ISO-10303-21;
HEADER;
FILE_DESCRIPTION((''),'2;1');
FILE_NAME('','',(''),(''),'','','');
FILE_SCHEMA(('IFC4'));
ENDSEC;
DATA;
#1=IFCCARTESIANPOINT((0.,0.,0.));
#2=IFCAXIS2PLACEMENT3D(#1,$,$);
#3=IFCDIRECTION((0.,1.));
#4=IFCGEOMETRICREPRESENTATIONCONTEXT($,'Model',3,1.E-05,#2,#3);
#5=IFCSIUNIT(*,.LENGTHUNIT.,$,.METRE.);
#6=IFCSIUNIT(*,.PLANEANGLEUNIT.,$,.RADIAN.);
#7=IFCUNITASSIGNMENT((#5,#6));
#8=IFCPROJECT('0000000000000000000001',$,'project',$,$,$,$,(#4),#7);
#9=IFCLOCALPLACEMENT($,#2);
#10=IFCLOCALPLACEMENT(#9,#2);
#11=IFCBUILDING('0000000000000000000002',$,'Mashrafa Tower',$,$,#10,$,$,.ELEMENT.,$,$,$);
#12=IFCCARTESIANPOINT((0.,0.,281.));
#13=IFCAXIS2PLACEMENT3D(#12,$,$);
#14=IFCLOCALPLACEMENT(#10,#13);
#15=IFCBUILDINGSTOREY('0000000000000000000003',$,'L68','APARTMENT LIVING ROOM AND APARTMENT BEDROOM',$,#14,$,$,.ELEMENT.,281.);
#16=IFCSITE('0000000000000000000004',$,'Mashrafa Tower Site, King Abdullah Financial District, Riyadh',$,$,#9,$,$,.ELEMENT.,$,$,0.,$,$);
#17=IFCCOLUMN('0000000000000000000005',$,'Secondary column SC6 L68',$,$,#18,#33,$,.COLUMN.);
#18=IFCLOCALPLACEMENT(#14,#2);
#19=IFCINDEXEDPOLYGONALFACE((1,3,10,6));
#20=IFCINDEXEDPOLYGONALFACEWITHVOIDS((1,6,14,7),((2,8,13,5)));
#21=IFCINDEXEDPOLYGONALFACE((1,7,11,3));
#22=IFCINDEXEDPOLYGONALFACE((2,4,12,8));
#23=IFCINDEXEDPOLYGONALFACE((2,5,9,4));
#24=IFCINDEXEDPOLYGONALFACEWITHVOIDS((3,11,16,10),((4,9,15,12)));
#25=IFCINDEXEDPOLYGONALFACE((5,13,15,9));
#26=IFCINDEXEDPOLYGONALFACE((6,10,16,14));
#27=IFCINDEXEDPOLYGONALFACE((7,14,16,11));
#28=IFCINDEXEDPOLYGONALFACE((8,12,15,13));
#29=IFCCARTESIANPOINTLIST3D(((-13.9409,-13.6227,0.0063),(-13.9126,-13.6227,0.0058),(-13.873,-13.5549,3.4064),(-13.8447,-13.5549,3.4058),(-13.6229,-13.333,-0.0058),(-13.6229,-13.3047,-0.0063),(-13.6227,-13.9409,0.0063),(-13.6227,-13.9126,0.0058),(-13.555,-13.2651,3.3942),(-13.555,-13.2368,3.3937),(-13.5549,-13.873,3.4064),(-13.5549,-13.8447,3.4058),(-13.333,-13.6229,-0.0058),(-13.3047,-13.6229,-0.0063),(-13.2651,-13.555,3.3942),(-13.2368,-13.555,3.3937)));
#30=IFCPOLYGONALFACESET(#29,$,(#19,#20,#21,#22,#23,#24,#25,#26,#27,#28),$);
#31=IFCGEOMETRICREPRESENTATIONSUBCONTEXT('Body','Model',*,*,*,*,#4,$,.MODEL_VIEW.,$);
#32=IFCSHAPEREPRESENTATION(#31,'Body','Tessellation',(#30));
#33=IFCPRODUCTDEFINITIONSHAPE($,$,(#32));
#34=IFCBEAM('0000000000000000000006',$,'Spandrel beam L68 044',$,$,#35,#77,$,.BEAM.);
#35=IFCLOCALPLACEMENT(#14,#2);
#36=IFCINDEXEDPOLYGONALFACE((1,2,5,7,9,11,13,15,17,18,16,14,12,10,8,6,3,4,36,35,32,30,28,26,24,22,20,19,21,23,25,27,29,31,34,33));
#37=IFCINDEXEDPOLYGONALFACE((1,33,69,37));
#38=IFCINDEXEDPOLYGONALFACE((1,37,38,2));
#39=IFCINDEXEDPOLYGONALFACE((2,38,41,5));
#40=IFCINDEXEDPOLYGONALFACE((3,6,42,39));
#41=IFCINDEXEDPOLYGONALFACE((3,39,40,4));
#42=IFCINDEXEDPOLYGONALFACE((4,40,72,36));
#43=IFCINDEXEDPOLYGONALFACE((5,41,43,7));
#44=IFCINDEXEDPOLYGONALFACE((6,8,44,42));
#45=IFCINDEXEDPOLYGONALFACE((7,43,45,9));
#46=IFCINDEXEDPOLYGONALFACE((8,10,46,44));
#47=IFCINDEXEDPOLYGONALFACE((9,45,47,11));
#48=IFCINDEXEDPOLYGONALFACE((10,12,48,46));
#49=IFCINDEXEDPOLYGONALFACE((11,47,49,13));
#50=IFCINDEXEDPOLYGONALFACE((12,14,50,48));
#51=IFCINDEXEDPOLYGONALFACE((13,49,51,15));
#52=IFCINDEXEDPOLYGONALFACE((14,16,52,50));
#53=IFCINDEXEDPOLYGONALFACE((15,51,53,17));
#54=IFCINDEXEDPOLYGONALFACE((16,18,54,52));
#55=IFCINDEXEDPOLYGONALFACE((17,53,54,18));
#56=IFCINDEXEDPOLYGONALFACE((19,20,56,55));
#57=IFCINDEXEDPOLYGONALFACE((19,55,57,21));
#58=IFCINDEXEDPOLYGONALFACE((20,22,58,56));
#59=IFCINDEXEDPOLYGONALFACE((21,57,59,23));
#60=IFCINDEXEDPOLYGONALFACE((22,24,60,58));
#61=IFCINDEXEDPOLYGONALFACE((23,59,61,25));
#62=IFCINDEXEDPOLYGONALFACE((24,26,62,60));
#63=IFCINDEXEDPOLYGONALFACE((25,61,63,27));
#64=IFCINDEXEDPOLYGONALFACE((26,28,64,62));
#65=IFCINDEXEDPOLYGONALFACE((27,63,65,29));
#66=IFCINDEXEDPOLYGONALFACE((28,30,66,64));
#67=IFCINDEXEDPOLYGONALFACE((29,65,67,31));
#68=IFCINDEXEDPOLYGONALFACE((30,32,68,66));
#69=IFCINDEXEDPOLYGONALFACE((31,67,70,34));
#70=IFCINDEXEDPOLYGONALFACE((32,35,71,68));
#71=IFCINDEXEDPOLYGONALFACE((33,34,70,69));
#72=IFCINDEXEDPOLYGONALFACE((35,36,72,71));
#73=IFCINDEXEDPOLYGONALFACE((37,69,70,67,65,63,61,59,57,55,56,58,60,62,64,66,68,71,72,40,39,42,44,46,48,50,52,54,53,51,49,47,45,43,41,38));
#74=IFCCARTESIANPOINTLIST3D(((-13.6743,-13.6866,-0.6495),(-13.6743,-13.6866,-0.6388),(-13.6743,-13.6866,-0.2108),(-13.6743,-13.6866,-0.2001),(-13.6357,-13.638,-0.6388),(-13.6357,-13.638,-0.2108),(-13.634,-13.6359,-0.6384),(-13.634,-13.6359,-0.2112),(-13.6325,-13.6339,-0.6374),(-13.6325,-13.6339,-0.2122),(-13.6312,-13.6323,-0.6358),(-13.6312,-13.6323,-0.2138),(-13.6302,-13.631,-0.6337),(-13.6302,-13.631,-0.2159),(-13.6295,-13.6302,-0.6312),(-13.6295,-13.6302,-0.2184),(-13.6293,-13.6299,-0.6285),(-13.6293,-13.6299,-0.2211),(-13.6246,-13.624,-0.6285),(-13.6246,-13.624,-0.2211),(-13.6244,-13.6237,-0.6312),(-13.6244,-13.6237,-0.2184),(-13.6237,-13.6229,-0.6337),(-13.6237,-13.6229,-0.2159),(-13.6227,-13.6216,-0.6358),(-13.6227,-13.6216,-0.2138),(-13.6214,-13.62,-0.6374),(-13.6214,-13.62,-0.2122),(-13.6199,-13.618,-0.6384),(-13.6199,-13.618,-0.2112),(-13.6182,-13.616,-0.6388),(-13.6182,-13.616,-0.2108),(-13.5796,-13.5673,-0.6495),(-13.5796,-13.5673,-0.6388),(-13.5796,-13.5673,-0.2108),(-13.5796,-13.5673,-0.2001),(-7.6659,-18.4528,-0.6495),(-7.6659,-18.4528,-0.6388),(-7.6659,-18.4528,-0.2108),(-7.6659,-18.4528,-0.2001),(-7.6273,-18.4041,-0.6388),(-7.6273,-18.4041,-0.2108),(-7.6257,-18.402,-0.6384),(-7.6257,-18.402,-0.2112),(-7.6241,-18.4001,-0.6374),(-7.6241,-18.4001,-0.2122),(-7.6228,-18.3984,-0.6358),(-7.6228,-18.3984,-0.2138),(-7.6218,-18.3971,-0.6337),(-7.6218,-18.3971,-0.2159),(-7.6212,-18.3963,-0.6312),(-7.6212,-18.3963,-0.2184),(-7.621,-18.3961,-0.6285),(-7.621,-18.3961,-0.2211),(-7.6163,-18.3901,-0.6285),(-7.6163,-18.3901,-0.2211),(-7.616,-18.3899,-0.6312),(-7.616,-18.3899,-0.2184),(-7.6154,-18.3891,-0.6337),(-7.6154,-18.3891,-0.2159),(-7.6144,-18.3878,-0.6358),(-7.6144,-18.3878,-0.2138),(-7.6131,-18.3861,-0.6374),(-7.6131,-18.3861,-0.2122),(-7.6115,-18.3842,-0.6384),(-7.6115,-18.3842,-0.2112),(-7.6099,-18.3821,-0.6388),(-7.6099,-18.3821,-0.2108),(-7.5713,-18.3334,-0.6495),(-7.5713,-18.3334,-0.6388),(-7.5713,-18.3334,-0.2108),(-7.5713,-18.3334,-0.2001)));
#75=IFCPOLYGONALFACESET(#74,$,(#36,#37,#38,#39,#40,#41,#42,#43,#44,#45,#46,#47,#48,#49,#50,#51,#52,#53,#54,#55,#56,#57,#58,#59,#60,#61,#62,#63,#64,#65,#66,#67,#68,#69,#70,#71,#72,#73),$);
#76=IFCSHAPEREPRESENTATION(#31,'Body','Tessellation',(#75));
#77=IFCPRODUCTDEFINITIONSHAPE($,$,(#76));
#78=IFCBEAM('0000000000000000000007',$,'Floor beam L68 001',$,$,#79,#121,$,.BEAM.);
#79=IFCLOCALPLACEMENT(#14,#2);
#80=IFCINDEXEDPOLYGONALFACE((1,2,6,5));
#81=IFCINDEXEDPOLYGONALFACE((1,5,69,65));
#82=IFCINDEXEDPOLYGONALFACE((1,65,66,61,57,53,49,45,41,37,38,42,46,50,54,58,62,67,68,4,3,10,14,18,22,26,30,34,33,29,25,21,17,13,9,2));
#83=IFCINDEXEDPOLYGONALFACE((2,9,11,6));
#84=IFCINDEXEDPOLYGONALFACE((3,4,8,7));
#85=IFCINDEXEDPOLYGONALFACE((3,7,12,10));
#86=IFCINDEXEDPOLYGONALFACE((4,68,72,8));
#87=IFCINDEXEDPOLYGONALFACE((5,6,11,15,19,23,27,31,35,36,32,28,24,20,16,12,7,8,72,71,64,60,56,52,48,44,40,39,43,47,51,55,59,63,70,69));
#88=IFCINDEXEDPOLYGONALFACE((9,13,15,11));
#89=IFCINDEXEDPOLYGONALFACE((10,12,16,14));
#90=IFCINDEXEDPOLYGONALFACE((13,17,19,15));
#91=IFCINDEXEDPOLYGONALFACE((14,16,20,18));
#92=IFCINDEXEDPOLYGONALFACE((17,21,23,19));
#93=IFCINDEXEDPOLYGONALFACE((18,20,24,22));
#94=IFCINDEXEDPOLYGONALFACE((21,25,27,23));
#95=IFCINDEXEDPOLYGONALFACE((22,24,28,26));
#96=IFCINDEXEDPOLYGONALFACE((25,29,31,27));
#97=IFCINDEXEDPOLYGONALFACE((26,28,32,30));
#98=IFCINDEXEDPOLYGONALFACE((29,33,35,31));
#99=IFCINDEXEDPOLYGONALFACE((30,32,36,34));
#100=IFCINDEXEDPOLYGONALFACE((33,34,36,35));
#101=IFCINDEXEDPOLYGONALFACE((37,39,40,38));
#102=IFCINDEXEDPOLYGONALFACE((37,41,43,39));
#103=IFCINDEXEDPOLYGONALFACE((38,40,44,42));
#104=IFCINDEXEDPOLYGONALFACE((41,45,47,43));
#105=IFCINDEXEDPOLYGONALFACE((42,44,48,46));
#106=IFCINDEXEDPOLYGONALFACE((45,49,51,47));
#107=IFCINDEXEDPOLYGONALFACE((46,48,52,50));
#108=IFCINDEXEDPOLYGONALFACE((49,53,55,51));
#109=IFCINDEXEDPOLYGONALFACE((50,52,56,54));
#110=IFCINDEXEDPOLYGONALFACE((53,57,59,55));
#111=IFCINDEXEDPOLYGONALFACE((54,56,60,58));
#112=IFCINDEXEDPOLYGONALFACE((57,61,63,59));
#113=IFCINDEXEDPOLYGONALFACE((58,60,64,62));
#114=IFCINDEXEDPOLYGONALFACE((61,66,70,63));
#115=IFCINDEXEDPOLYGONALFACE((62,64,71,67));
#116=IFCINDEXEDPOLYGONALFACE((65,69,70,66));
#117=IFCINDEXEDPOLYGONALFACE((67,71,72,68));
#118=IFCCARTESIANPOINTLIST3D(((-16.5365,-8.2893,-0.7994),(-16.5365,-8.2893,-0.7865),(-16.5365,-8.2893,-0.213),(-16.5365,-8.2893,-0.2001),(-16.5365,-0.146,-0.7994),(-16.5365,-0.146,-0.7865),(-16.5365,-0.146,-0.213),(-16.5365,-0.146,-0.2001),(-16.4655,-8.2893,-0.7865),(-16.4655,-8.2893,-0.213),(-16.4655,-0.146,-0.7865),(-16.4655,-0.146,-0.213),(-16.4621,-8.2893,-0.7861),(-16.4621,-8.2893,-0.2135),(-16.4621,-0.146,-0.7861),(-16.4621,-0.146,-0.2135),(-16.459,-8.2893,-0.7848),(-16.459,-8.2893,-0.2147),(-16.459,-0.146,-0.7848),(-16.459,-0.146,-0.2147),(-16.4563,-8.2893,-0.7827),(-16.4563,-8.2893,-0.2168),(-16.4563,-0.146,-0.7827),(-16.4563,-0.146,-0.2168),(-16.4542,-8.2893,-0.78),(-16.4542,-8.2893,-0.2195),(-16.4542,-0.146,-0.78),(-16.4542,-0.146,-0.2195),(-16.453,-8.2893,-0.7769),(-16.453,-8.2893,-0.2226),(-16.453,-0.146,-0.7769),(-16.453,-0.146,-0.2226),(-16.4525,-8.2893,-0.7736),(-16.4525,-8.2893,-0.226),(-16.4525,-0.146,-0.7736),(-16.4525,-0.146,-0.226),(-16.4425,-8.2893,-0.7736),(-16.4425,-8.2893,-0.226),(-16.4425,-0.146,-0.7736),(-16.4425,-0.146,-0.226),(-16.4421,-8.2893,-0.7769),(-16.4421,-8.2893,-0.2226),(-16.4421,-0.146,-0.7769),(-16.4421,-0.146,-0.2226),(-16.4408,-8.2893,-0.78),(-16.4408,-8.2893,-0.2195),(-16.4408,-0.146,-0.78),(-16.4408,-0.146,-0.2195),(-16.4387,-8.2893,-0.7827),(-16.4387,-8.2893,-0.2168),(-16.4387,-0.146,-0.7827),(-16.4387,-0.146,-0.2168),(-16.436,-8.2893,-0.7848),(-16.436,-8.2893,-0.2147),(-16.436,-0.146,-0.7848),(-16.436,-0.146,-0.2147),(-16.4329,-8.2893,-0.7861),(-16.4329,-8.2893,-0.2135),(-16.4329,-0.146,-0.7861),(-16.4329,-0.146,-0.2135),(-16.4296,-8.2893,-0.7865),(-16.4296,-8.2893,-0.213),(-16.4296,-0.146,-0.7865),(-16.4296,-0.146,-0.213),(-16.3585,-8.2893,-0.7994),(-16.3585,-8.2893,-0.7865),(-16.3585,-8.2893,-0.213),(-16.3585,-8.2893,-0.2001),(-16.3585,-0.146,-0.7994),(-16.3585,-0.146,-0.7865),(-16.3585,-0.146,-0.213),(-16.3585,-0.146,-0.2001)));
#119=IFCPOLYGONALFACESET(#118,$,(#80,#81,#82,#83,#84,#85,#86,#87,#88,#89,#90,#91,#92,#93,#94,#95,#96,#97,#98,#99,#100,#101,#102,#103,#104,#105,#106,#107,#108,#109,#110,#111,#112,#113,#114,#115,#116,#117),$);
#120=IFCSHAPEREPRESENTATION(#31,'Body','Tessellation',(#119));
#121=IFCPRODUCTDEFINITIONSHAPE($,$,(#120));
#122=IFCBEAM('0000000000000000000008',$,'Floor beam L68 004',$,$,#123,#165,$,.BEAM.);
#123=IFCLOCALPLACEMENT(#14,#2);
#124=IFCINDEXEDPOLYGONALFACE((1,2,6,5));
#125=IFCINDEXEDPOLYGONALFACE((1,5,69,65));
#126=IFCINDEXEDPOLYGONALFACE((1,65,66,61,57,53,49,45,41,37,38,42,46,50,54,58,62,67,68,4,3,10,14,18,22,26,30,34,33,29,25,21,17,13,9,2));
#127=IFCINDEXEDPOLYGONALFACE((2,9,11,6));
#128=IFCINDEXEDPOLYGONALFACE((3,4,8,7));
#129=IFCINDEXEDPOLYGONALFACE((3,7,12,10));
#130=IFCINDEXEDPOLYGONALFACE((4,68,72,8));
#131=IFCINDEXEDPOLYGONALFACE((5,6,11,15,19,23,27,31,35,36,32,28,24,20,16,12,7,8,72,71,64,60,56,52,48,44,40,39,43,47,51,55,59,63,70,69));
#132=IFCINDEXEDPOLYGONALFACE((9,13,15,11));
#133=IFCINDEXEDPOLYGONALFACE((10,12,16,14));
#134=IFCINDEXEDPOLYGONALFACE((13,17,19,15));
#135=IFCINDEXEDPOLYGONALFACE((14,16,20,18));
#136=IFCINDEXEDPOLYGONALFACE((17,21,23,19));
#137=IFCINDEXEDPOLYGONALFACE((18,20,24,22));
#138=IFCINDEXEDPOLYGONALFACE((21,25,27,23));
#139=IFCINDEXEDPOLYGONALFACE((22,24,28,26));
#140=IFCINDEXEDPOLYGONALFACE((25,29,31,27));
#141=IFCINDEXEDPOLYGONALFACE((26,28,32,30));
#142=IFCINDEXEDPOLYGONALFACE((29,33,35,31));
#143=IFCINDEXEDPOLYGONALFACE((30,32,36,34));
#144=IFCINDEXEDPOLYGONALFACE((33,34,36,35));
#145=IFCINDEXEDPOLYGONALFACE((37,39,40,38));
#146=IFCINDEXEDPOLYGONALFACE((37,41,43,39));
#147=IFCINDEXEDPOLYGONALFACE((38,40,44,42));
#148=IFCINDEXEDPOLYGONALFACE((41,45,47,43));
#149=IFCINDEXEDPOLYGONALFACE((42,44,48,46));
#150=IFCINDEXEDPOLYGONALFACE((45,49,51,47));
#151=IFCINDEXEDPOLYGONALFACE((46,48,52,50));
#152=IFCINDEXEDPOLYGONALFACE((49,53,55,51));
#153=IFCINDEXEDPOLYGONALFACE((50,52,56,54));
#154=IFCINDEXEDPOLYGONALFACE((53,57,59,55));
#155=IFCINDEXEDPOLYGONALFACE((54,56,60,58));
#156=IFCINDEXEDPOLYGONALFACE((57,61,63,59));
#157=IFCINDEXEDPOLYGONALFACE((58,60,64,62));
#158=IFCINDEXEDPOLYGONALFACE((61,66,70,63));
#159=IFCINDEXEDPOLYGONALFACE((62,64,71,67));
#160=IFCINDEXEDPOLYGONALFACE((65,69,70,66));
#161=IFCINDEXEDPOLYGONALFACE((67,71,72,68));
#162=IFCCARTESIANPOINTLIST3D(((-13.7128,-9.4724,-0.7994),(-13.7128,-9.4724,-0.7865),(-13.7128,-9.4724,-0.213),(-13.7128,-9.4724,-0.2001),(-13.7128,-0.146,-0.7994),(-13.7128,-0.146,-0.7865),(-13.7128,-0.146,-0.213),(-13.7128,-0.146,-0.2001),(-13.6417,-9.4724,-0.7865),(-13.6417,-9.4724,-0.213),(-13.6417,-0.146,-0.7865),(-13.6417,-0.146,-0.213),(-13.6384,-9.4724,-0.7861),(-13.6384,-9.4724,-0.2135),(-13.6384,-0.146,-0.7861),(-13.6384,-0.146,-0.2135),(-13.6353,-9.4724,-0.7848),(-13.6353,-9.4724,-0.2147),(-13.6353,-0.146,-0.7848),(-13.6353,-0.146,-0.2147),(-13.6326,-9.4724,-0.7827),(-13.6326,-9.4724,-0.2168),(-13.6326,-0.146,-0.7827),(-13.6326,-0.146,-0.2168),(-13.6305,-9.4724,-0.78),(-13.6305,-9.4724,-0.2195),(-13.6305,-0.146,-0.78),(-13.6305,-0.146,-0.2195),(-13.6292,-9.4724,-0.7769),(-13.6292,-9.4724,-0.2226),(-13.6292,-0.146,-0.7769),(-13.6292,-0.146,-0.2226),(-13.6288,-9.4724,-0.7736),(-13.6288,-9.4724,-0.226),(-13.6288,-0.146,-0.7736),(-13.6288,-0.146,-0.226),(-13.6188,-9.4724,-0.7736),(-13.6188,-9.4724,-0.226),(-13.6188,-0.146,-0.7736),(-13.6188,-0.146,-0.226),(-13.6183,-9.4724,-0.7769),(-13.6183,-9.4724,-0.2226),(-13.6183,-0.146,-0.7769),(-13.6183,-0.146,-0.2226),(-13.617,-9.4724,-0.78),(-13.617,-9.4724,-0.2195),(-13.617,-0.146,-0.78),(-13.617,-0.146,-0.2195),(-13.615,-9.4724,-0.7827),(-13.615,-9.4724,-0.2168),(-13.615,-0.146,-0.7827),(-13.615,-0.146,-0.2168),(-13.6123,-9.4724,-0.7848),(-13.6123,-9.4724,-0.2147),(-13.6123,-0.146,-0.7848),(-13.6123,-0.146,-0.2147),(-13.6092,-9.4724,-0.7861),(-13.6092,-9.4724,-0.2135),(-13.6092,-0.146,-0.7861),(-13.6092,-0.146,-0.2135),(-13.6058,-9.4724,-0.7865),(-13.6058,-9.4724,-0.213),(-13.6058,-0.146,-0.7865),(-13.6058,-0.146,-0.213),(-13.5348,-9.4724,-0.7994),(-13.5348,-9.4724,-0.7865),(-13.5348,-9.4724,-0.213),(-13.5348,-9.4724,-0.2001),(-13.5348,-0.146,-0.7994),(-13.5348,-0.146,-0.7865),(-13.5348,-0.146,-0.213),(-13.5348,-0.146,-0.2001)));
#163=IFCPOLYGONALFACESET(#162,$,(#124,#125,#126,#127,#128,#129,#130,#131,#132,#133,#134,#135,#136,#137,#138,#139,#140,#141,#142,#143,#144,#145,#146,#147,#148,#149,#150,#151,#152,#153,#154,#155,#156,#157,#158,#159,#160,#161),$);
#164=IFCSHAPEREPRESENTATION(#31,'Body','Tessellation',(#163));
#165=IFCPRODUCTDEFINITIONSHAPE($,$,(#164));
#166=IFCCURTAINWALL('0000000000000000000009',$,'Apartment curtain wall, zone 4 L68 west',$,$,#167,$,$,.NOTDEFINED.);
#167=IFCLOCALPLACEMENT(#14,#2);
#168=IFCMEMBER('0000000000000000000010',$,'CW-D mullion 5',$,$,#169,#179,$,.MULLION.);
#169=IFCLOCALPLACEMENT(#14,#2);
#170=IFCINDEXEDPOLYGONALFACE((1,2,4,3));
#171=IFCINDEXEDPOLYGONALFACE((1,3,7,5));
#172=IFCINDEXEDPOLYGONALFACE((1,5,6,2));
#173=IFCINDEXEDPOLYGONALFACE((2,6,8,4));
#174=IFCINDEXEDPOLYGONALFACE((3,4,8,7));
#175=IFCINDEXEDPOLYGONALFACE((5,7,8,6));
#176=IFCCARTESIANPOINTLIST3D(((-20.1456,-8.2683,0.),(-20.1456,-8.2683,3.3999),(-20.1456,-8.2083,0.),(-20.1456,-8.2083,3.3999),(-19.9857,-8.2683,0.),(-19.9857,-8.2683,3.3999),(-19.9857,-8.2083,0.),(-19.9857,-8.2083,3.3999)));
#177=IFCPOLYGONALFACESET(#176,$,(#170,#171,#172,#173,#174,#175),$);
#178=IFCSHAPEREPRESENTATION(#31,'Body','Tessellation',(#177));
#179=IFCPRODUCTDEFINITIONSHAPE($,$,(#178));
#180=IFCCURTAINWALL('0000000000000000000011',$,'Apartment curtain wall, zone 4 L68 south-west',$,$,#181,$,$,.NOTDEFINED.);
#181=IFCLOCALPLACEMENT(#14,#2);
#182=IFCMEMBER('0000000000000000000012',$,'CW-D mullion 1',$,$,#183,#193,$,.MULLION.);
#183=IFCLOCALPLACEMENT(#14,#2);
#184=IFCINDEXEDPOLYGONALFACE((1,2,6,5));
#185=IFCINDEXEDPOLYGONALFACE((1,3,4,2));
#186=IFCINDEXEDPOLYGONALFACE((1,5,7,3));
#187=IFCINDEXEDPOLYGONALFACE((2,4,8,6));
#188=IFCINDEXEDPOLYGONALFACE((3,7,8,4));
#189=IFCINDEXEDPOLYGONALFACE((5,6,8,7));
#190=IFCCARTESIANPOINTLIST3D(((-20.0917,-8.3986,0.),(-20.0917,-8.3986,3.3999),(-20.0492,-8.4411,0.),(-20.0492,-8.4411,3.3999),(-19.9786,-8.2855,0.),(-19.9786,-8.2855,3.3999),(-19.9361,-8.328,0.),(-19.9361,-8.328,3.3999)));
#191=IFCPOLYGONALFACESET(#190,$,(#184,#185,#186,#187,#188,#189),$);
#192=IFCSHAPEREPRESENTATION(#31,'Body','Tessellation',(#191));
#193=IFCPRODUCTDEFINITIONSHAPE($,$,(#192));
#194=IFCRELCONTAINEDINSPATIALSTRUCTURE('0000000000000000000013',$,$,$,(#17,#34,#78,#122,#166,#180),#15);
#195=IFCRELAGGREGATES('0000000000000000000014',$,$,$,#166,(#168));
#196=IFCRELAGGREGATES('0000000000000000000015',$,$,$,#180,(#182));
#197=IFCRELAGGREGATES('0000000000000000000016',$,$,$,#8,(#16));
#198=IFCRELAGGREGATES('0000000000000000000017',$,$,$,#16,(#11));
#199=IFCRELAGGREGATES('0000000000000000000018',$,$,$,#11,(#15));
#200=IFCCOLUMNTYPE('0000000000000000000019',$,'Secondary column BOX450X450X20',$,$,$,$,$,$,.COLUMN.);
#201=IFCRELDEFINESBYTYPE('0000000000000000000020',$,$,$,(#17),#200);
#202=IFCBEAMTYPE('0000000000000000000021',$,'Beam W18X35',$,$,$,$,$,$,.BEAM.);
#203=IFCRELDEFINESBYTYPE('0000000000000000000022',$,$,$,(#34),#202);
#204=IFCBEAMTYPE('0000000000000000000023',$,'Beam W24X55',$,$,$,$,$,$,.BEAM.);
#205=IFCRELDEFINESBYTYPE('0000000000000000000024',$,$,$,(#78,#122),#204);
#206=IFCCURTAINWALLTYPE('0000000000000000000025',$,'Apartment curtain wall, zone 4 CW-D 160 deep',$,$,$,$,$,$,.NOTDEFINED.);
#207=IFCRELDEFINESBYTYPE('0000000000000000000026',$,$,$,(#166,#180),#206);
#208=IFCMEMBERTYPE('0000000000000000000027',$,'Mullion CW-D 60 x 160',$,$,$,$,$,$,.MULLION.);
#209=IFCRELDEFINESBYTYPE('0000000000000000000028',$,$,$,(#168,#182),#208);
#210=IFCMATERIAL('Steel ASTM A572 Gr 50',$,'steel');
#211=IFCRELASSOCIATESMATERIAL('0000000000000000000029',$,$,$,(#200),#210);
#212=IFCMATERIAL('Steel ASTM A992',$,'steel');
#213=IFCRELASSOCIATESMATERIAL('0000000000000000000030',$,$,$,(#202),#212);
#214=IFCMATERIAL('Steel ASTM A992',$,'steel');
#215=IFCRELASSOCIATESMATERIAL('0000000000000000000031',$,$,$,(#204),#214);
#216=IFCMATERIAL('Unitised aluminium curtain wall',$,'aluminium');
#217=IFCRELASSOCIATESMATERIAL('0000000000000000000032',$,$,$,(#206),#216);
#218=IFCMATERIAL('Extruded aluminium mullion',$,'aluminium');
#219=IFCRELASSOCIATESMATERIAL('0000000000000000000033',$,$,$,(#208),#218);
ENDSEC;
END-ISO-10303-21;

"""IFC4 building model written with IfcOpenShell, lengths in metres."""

from ifc_helpers import new_model, si_unit, direction, frame, origin, origin_2d, place, context, subcontext, project, spatial, rectangle, hollow_rectangle, i_section, extrude, source, transform, mapped, material, material_profile, profile_set, type_object, type_shapes, element, aggregate, save


model = new_model("IFC4")

# Units and contexts
model_context = context("Model", 3, precision=1e-05, world=origin(), true_north=direction((0.0, 1.0)))
body_context = subcontext(model_context, "Body", "Model", "MODEL_VIEW")
ifc_project = project(units=[si_unit("LENGTHUNIT", "METRE"), si_unit("PLANEANGLEUNIT", "RADIAN")], contexts=[model_context])

# Site, building, storey
site_placement = place(None, origin())
site = spatial("IfcSite", under=ifc_project, at=site_placement, Name="Mashrafa Tower Site, King Abdullah Financial District, Riyadh", CompositionType="ELEMENT", RefElevation=0.0)
building_placement = place(site_placement, origin())
building = spatial("IfcBuilding", under=site, at=building_placement, Name="Mashrafa Tower", CompositionType="ELEMENT")
storey_placement = place(building_placement, frame((0.0, 0.0, 281.0)))
storey = spatial("IfcBuildingStorey", under=building, at=storey_placement, Name="L68", Description="APARTMENT LIVING ROOM AND APARTMENT BEDROOM", CompositionType="ELEMENT", Elevation=281.0)

# Column
ifc_material_1 = material(Name="Steel ASTM A572 Gr 50", Category="steel")
ifc_material_profile_1 = material_profile(ifc_material_1, hollow_rectangle(XDim=0.45, YDim=0.45, WallThickness=0.02, at=origin_2d()), Name="BOX450X450X20")
ifc_profile_set_1 = profile_set([ifc_material_profile_1], Name="Steel ASTM A572 Gr 50")
column_type = type_object("IfcColumnType", Name="Secondary column BOX450X450X20", PredefinedType="COLUMN", material=ifc_profile_set_1)
column_placement = place(storey_placement, frame((-13.6228, -13.6228, 0.0), z_axis=(0.019955, 0.019955, 0.999602), x_axis=(-0.707107, 0.707107, 0.0)))
element("IfcColumn", 1, at=column_placement, inside=storey, type_object=column_type, Name="Secondary column SC6 L68", PredefinedType="COLUMN", context=body_context, shape_type="SweptSolid", body=[
    extrude(hollow_rectangle(XDim=0.45, YDim=0.45, WallThickness=0.02, at=origin_2d()), origin(), (0.0, 0.0, 1.0), 3.4014),
])

# Beams
ifc_material_2 = material(Name="Steel ASTM A992", Category="steel")
ifc_material_profile_2 = material_profile(ifc_material_2, i_section(OverallWidth=0.1523, OverallDepth=0.4495, WebThickness=0.0076, FlangeThickness=0.0107, FilletRadius=0.0103, at=origin_2d()), Name="W18X35")
ifc_profile_set_2 = profile_set([ifc_material_profile_2], Name="Steel ASTM A992")
beam_type_1 = type_object("IfcBeamType", Name="Beam W18X35", PredefinedType="BEAM", material=ifc_profile_set_2)
beam_1_placement = place(storey_placement, frame((-13.627, -13.627, -0.4248), z_axis=(0.78344, -0.621467, 0.0), x_axis=(0.621467, 0.78344, 0.0)))
element("IfcBeam", 2, at=beam_1_placement, inside=storey, type_object=beam_type_1, Name="Spandrel beam L68 044", PredefinedType="BEAM", context=body_context, shape_type="SweptSolid", body=[
    extrude(i_section(OverallWidth=0.1523, OverallDepth=0.4495, WebThickness=0.0076, FlangeThickness=0.0107, FilletRadius=0.0103, at=origin_2d()), origin(), (0.0, 0.0, 1.0), 7.6692),
])
ifc_material_3 = material(Name="Steel ASTM A992", Category="steel")
ifc_material_profile_3 = material_profile(ifc_material_3, i_section(OverallWidth=0.178, OverallDepth=0.5994, WebThickness=0.01, FlangeThickness=0.0129, FilletRadius=0.0129, at=origin_2d()), Name="W24X55")
ifc_profile_set_3 = profile_set([ifc_material_profile_3], Name="Steel ASTM A992")
beam_type_2 = type_object("IfcBeamType", Name="Beam W24X55", PredefinedType="BEAM", material=ifc_profile_set_3)
beam_2_placement = place(storey_placement, frame((-16.4475, -8.2893, -0.4998), z_axis=(0.0, 1.0, 0.0), x_axis=(-1.0, 0.0, 0.0)))
element("IfcBeam", 3, at=beam_2_placement, inside=storey, type_object=beam_type_2, Name="Floor beam L68 001", PredefinedType="BEAM", context=body_context, shape_type="SweptSolid", body=[
    extrude(i_section(OverallWidth=0.178, OverallDepth=0.5994, WebThickness=0.01, FlangeThickness=0.0129, FilletRadius=0.0129, at=origin_2d()), origin(), (0.0, 0.0, 1.0), 8.1433),
])
beam_3_placement = place(storey_placement, frame((-13.6238, -9.4724, -0.4998), z_axis=(0.0, 1.0, 0.0), x_axis=(-1.0, 0.0, 0.0)))
element("IfcBeam", 4, at=beam_3_placement, inside=storey, type_object=beam_type_2, Name="Floor beam L68 004", PredefinedType="BEAM", context=body_context, shape_type="SweptSolid", body=[
    extrude(i_section(OverallWidth=0.178, OverallDepth=0.5994, WebThickness=0.01, FlangeThickness=0.0129, FilletRadius=0.0129, at=origin_2d()), origin(), (0.0, 0.0, 1.0), 9.3264),
])

# Curtain wall, member
ifc_material_4 = material(Name="Unitised aluminium curtain wall", Category="aluminium")
curtain_wall_type = type_object("IfcCurtainWallType", Name="Apartment curtain wall, zone 4 CW-D 160 deep", PredefinedType="NOTDEFINED", material=ifc_material_4)
curtain_wall_1_placement = place(storey_placement, origin())
curtain_wall_1 = element("IfcCurtainWall", 5, at=curtain_wall_1_placement, inside=storey, type_object=curtain_wall_type, Name="Apartment curtain wall, zone 4 L68 west", PredefinedType="NOTDEFINED")
ifc_material_5 = material(Name="Extruded aluminium mullion", Category="aluminium")
ifc_material_profile_4 = material_profile(ifc_material_5, rectangle(XDim=0.1599, YDim=0.0601, at=origin_2d()), Name="Mullion 60x160")
ifc_profile_set_4 = profile_set([ifc_material_profile_4], Name="Extruded aluminium mullion")
member_type_1 = type_object("IfcMemberType", Name="Mullion CW-D 60 x 160", PredefinedType="MULLION", material=ifc_profile_set_4)
shared_shape_1 = source(origin(), body_context, "Body", "SweptSolid", [
    extrude(rectangle(XDim=0.1599, YDim=0.0601, at=origin_2d()), origin(), (0.0, 0.0, 1.0), 3.3999),
])
type_shapes(member_type_1, [shared_shape_1])
member_1_placement = place(storey_placement, frame((-20.0657, -8.2383, 0.0), z_axis=(0.0, 0.0, 1.0), x_axis=(1.0, 0.0, 0.0)))
member_1 = element("IfcMember", 6, at=member_1_placement, type_object=member_type_1, Name="CW-D mullion 5", PredefinedType="MULLION", context=body_context, shape_type="MappedRepresentation", body=[
    mapped(shared_shape_1, transform((0.0, 0.0, 0.0))),
])
aggregate(curtain_wall_1, [member_1])

# Curtain wall, member
curtain_wall_2_placement = place(storey_placement, origin())
curtain_wall_2 = element("IfcCurtainWall", 7, at=curtain_wall_2_placement, inside=storey, type_object=curtain_wall_type, Name="Apartment curtain wall, zone 4 L68 south-west", PredefinedType="NOTDEFINED")
member_2_placement = place(storey_placement, frame((-20.0139, -8.3633, 0.0), z_axis=(0.0, 0.0, 1.0), x_axis=(0.707107, 0.707107, 0.0)))
member_2 = element("IfcMember", 8, at=member_2_placement, type_object=member_type_1, Name="CW-D mullion 1", PredefinedType="MULLION", context=body_context, shape_type="MappedRepresentation", body=[
    mapped(shared_shape_1, transform((0.0, 0.0, 0.0))),
])
aggregate(curtain_wall_2, [member_2])

save(model, "model.ifc")
